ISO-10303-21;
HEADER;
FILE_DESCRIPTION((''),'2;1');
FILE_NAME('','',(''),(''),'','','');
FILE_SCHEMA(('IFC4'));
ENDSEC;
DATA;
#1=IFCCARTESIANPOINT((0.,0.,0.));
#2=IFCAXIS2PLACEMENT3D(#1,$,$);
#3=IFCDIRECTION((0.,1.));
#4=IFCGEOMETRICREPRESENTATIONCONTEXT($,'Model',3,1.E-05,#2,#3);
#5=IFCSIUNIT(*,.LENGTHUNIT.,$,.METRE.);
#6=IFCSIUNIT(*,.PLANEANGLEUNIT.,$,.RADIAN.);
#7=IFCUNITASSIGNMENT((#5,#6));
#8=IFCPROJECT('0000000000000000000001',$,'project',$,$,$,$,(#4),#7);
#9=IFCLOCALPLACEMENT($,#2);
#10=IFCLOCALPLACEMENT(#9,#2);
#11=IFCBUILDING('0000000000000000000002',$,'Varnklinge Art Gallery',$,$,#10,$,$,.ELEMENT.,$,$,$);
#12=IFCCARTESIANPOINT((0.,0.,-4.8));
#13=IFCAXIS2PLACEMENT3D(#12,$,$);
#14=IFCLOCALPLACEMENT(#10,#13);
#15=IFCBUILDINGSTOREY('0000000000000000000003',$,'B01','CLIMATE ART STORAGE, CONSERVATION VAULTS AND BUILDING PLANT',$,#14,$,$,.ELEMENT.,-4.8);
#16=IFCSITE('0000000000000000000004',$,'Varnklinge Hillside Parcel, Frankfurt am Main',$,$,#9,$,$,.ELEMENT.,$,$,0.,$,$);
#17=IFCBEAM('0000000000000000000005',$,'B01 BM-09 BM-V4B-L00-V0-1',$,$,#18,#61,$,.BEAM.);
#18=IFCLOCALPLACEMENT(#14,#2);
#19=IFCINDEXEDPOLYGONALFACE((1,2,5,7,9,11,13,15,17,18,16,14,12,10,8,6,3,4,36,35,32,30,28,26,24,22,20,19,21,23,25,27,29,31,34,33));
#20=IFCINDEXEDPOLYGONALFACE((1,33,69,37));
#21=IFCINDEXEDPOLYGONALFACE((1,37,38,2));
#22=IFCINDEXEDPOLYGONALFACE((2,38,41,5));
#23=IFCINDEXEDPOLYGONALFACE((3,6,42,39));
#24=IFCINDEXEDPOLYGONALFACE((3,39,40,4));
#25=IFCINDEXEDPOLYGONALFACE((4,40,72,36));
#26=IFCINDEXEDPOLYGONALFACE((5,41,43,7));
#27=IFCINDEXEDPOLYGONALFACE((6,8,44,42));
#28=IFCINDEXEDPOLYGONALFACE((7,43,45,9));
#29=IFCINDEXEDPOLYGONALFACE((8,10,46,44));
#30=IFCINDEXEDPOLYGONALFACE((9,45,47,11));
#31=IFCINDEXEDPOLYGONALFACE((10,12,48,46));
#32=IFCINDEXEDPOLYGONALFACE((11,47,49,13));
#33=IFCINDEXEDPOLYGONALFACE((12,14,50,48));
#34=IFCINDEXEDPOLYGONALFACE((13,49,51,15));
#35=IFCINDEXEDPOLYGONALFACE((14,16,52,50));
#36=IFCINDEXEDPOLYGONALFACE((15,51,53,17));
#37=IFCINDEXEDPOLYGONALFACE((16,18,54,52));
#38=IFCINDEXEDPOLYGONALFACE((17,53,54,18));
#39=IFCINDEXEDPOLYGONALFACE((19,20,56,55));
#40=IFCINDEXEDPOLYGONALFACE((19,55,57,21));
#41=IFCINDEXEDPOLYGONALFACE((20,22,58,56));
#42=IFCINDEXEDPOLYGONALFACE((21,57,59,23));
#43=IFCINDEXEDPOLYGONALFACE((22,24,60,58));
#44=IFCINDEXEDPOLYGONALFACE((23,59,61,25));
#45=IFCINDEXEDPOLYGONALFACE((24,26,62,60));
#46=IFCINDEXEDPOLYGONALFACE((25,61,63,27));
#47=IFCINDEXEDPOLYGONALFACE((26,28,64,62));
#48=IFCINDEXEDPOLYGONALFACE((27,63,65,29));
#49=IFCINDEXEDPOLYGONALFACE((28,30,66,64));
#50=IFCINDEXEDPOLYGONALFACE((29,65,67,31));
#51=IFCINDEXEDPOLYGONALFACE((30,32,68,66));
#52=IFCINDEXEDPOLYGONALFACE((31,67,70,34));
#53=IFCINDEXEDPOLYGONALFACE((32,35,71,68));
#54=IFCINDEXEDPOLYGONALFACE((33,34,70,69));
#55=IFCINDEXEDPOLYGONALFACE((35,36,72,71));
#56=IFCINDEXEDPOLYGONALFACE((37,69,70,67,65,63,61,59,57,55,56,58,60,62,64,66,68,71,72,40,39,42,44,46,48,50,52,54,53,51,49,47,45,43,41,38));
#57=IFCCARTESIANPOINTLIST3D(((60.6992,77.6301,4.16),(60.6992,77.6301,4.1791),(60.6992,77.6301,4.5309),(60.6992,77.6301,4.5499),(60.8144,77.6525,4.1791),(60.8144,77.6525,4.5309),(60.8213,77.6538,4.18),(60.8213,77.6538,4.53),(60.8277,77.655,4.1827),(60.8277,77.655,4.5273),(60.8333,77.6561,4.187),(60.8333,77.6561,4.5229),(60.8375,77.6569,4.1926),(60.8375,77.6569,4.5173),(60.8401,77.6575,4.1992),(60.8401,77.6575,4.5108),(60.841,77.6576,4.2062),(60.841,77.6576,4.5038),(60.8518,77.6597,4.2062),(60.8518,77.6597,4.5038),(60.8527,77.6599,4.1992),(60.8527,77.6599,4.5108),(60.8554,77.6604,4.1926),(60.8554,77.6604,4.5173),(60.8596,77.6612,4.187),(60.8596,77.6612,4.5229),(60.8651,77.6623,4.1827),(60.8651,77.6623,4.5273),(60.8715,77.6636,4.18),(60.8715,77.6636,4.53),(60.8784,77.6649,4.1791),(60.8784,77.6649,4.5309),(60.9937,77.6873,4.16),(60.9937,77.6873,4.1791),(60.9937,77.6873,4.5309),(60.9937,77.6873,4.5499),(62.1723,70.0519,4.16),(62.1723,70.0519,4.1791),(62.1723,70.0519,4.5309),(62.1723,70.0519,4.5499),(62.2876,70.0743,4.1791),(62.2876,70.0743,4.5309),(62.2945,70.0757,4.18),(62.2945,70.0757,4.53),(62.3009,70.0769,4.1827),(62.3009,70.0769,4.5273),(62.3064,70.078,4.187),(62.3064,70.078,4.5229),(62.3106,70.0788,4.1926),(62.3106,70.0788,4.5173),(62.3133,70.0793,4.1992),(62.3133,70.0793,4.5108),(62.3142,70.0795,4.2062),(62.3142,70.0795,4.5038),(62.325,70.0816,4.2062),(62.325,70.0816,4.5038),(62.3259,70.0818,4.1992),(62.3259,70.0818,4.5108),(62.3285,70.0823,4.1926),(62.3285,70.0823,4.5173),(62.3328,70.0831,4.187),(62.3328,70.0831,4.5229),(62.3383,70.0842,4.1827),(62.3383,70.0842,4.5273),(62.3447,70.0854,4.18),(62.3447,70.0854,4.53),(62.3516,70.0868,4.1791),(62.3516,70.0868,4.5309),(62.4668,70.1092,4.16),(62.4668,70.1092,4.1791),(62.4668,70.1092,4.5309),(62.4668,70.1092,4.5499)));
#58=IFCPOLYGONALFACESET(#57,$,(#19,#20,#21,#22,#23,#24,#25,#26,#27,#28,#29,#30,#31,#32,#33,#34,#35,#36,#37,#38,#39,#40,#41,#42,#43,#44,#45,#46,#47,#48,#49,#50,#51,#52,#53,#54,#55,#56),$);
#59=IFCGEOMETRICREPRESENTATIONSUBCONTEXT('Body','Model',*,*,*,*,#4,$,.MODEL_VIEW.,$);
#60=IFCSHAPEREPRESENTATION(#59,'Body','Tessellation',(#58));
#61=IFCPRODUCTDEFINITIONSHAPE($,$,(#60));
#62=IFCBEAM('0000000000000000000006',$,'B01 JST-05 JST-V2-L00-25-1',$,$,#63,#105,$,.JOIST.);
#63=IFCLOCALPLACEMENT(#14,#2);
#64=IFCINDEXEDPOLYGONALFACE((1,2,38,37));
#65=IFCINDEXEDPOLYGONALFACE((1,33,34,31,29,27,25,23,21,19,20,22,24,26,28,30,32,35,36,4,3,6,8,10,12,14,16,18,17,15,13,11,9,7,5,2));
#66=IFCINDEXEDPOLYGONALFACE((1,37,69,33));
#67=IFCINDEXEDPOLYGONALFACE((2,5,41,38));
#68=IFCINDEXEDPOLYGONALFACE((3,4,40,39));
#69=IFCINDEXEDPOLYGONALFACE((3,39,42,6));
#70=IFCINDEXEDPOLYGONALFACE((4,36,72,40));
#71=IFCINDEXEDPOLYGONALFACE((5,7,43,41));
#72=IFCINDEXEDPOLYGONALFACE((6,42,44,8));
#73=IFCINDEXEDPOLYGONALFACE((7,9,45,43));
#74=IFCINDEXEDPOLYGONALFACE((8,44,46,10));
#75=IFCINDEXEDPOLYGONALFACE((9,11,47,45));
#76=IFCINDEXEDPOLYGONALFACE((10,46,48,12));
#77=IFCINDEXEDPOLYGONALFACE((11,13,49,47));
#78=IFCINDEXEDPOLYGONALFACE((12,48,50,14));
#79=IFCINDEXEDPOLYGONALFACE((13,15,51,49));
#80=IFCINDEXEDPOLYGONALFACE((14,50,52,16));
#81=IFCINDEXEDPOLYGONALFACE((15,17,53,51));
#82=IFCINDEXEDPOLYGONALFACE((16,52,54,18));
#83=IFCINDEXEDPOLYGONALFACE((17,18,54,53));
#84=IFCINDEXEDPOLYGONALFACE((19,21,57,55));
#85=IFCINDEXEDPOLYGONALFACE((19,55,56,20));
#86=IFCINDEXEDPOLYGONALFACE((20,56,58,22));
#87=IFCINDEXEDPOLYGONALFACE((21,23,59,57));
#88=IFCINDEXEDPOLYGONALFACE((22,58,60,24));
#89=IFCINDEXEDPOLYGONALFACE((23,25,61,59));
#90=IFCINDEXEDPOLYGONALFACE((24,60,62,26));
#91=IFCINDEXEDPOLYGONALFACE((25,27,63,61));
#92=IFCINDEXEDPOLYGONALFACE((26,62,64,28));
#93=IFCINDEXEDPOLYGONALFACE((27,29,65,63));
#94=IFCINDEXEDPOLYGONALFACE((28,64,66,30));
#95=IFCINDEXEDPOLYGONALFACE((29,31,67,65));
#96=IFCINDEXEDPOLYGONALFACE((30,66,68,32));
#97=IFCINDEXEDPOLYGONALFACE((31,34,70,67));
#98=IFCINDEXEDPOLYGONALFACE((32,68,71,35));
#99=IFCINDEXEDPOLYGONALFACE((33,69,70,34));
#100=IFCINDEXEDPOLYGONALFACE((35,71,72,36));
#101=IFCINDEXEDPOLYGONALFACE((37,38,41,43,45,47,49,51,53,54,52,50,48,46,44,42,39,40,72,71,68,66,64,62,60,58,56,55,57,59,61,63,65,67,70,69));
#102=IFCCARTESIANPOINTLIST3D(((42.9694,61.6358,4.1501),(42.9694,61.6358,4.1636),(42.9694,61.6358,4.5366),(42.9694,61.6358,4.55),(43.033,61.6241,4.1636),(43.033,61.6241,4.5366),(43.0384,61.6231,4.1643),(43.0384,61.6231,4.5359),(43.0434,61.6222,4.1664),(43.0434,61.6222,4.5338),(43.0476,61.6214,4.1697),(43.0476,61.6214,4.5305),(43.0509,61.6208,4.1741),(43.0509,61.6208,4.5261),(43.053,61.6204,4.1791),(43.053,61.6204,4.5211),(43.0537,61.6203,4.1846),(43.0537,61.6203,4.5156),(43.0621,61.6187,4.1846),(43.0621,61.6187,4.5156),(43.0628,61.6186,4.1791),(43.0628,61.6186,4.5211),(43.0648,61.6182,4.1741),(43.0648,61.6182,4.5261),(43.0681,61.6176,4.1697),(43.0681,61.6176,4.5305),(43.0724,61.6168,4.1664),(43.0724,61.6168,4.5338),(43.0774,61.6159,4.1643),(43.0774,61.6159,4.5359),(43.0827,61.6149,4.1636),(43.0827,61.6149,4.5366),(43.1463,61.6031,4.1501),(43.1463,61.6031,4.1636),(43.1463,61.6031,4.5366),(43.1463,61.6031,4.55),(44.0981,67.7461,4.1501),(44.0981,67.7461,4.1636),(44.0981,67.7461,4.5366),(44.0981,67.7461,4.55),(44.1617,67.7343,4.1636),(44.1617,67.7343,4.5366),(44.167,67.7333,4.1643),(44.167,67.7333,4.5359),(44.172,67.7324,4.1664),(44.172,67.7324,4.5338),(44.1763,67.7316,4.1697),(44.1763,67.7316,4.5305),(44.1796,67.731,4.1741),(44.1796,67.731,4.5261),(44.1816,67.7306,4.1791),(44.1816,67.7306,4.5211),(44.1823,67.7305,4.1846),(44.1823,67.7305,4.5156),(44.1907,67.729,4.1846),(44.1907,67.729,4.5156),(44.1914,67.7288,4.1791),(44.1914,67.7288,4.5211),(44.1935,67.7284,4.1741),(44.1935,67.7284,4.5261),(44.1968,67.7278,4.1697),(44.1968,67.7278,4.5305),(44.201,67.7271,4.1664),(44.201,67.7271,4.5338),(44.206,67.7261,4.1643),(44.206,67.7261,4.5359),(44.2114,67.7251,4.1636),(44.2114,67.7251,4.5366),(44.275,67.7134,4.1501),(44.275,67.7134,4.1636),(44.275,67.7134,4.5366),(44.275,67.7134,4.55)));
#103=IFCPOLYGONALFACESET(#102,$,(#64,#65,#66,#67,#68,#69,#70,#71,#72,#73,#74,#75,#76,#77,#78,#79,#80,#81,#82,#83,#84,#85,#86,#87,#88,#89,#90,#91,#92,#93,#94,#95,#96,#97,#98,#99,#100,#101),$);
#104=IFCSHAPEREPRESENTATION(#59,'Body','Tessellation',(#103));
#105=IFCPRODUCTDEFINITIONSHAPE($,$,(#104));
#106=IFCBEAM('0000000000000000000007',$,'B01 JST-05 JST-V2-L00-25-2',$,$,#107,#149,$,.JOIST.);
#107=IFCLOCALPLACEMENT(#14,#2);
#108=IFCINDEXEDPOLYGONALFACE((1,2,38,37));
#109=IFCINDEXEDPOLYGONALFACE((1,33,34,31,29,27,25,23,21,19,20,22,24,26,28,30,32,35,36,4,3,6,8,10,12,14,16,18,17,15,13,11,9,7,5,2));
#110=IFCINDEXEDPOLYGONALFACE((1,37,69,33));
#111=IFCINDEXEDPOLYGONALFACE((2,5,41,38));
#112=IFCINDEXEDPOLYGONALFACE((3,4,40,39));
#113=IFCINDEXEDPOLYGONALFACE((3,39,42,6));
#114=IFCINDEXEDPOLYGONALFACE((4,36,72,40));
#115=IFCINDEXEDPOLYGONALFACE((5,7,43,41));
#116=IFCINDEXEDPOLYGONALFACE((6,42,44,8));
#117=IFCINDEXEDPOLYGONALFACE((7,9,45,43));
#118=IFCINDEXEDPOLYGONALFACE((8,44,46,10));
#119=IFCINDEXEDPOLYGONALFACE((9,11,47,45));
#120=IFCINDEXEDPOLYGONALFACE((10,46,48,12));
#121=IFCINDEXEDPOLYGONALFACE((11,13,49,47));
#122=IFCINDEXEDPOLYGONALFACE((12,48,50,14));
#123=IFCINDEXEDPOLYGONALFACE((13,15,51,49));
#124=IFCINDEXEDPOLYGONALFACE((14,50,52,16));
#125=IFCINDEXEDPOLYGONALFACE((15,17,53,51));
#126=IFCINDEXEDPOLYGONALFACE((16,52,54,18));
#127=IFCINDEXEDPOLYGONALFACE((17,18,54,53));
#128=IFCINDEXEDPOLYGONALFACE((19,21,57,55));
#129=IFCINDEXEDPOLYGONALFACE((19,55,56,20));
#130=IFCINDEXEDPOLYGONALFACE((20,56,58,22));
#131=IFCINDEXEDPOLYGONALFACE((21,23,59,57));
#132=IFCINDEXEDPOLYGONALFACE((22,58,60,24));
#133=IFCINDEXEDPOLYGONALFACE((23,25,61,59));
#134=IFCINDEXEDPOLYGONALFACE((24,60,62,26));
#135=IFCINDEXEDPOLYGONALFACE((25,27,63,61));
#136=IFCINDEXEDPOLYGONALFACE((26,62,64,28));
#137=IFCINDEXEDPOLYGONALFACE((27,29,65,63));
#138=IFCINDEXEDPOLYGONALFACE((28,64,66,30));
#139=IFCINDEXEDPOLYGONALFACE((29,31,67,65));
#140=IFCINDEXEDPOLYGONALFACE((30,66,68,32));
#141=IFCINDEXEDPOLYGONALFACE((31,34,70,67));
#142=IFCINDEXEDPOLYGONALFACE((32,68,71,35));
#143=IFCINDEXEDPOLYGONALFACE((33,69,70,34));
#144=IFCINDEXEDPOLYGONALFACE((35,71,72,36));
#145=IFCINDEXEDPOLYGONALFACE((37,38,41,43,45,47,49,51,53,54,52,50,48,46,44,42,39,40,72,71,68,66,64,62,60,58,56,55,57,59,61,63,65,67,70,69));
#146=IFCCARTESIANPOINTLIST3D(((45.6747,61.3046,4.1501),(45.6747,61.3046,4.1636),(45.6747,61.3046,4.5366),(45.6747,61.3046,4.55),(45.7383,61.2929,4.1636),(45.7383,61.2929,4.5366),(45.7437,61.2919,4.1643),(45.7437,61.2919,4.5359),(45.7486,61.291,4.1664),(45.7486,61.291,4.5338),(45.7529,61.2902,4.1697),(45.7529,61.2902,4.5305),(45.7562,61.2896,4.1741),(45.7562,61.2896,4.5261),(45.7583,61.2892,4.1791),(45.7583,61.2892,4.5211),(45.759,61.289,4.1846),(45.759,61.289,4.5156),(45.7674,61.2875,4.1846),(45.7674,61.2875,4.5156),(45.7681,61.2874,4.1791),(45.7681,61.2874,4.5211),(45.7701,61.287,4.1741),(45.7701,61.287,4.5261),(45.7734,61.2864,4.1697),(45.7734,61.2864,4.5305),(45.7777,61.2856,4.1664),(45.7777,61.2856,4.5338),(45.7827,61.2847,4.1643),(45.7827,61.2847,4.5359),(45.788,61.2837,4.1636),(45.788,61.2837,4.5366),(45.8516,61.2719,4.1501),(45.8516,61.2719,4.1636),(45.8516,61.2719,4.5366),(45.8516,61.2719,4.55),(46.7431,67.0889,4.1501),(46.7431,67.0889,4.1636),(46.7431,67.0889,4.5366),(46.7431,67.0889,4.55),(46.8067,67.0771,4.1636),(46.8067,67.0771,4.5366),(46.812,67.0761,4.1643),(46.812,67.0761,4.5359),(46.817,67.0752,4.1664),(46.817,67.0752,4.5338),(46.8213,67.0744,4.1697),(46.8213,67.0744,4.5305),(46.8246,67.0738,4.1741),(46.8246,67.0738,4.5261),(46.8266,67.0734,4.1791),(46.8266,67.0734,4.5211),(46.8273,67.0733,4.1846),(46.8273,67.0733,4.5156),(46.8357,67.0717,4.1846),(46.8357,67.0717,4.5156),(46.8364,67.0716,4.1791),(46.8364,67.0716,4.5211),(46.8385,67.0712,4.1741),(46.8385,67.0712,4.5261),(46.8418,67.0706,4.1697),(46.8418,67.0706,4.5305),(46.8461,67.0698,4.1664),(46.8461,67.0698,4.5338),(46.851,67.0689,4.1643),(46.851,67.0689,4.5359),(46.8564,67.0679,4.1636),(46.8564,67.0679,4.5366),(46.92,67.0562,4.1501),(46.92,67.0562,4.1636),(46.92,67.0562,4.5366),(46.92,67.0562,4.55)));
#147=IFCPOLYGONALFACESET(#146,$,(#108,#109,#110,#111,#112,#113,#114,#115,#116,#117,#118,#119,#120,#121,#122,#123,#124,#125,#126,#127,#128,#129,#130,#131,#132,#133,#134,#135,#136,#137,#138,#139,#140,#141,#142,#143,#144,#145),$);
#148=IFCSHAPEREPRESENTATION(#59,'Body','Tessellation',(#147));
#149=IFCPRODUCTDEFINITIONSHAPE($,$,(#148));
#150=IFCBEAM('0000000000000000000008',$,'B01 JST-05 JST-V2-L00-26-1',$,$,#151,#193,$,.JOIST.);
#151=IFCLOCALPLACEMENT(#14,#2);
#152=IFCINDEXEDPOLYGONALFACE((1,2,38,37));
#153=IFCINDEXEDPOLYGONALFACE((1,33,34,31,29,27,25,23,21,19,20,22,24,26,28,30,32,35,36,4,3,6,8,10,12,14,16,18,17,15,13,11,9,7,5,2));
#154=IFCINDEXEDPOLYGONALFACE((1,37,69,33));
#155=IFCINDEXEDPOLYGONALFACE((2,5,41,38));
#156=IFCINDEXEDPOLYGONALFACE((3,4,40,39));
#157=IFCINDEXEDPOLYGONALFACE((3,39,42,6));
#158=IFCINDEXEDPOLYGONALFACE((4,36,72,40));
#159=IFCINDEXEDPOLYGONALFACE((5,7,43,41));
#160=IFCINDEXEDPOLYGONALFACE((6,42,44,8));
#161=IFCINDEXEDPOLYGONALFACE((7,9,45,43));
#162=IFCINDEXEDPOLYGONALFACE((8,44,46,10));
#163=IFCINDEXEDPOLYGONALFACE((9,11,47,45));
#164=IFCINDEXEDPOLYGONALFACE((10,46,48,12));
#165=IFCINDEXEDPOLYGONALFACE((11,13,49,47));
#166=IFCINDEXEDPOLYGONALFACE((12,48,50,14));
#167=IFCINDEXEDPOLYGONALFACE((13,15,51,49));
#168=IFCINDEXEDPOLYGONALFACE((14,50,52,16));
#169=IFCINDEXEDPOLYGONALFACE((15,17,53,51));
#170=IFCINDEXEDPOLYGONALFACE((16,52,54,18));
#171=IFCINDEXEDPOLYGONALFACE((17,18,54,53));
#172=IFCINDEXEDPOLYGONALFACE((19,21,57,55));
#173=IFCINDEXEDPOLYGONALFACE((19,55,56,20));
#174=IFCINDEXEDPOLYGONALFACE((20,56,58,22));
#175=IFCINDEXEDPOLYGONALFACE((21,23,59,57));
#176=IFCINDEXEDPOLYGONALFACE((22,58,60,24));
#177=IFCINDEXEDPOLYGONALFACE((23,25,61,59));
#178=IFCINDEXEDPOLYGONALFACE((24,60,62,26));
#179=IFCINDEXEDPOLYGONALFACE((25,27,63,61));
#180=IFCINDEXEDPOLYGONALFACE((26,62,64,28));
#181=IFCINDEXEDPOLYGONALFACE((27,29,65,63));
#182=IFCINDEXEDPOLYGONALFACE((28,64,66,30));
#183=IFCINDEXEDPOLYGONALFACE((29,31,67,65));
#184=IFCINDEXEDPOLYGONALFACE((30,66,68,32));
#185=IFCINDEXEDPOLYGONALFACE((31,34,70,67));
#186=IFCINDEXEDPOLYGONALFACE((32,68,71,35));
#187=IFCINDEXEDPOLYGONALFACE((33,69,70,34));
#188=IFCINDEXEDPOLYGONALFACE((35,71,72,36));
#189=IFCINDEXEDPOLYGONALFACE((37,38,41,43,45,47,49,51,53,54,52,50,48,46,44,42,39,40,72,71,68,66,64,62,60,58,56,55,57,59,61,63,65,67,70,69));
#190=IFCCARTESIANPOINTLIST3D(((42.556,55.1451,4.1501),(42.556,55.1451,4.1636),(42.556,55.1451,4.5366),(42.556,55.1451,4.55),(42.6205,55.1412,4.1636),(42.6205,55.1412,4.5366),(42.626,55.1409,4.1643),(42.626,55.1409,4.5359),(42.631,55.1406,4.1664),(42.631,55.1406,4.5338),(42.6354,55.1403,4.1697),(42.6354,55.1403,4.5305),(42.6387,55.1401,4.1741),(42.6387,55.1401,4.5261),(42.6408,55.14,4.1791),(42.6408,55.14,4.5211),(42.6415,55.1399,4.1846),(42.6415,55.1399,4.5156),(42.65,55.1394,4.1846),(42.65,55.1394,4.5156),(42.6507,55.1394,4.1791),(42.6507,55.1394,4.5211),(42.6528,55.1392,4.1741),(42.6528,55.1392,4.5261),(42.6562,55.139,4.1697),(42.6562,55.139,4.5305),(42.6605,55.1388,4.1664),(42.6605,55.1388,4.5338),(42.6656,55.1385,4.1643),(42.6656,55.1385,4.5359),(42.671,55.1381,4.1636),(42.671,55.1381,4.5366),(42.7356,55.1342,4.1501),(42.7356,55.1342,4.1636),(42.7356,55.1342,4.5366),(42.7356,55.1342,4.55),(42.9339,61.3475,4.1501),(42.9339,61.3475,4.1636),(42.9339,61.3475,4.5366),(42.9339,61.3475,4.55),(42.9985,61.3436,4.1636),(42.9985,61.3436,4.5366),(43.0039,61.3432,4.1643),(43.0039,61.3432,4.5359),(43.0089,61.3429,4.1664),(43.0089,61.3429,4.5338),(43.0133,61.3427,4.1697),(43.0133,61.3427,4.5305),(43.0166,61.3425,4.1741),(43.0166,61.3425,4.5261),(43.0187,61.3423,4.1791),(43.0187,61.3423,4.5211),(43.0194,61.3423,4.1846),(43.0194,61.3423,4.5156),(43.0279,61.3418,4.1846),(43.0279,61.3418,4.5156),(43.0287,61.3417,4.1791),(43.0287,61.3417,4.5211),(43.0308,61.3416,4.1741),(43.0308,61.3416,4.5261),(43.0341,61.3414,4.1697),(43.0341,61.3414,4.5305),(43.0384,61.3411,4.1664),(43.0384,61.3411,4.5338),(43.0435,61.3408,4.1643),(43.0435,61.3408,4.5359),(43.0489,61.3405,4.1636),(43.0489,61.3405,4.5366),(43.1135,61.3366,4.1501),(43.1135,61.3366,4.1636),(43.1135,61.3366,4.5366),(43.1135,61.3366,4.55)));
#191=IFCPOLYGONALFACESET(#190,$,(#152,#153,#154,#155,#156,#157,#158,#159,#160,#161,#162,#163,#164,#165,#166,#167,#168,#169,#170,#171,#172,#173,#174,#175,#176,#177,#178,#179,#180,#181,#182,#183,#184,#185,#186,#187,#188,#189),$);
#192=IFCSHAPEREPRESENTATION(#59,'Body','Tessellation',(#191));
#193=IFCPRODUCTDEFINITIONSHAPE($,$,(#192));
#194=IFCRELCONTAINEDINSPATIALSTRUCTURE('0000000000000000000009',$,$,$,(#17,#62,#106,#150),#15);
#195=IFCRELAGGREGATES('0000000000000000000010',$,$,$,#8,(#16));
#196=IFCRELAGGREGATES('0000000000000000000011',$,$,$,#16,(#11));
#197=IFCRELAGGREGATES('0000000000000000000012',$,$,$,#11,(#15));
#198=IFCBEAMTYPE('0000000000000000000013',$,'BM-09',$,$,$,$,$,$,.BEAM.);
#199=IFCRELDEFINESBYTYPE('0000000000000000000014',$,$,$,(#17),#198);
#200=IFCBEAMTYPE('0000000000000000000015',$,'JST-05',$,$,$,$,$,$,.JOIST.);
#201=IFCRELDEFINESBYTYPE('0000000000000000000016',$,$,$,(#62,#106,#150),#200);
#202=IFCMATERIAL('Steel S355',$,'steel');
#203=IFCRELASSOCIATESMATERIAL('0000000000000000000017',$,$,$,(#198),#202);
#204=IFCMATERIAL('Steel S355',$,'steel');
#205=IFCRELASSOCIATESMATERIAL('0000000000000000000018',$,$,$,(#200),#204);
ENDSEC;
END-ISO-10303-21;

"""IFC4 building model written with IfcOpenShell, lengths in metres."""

from ifc_helpers import new_model, si_unit, direction, frame, origin, origin_2d, place, context, subcontext, project, spatial, i_section, extrude, material, material_profile, profile_set, type_object, element, save


model = new_model("IFC4")

# Units and contexts
model_context = context("Model", 3, precision=1e-05, world=origin(), true_north=direction((0.0, 1.0)))
body_context = subcontext(model_context, "Body", "Model", "MODEL_VIEW")
ifc_project = project(units=[si_unit("LENGTHUNIT", "METRE"), si_unit("PLANEANGLEUNIT", "RADIAN")], contexts=[model_context])

# Site, building, storey
site_placement = place(None, origin())
site = spatial("IfcSite", under=ifc_project, at=site_placement, Name="Varnklinge Hillside Parcel, Frankfurt am Main", CompositionType="ELEMENT", RefElevation=0.0)
building_placement = place(site_placement, origin())
building = spatial("IfcBuilding", under=site, at=building_placement, Name="Varnklinge Art Gallery", CompositionType="ELEMENT")
storey_placement = place(building_placement, frame((0.0, 0.0, -4.8)))
storey = spatial("IfcBuildingStorey", under=building, at=storey_placement, Name="B01", Description="CLIMATE ART STORAGE, CONSERVATION VAULTS AND BUILDING PLANT", CompositionType="ELEMENT", Elevation=-4.8)

# Beams
ifc_material_1 = material(Name="Steel S355", Category="steel")
ifc_material_profile_1 = material_profile(ifc_material_1, i_section(OverallWidth=0.3, OverallDepth=0.3899, WebThickness=0.011, FlangeThickness=0.019, FilletRadius=0.0271, at=origin_2d()), Name="HEA 400")
ifc_profile_set_1 = profile_set([ifc_material_profile_1], Name="Steel S355")
beam_type_1 = type_object("IfcBeamType", Name="BM-09", PredefinedType="BEAM", material=ifc_profile_set_1)
beam_1_placement = place(storey_placement, frame((62.3196, 70.0806, 4.355), z_axis=(-0.190822, 0.981625, 0.0), x_axis=(-0.981625, -0.190822, 0.0)))
element("IfcBeam", 1, at=beam_1_placement, inside=storey, type_object=beam_type_1, Name="B01 BM-09 BM-V4B-L00-V0-1", PredefinedType="BEAM", context=body_context, shape_type="SweptSolid", body=[
    extrude(i_section(OverallWidth=0.3, OverallDepth=0.3899, WebThickness=0.011, FlangeThickness=0.019, FilletRadius=0.0271, at=origin_2d()), origin(), (0.0, 0.0, 1.0), 7.72),
])
ifc_material_2 = material(Name="Steel S355", Category="steel")
ifc_material_profile_2 = material_profile(ifc_material_2, i_section(OverallWidth=0.1799, OverallDepth=0.3999, WebThickness=0.0085, FlangeThickness=0.0134, FilletRadius=0.021, at=origin_2d()), Name="IPE 400")
ifc_profile_set_2 = profile_set([ifc_material_profile_2], Name="Steel S355")
beam_type_2 = type_object("IfcBeamType", Name="JST-05", PredefinedType="JOIST", material=ifc_profile_set_2)
beam_2_placement = place(storey_placement, frame((44.1865, 67.7297, 4.3501), z_axis=(-0.18164, -0.983365, 0.0), x_axis=(0.983365, -0.18164, 0.0)))
element("IfcBeam", 2, at=beam_2_placement, inside=storey, type_object=beam_type_2, Name="B01 JST-05 JST-V2-L00-25-1", PredefinedType="JOIST", context=body_context, shape_type="SweptSolid", body=[
    extrude(i_section(OverallWidth=0.1799, OverallDepth=0.3999, WebThickness=0.0085, FlangeThickness=0.0134, FilletRadius=0.021, at=origin_2d()), origin(), (0.0, 0.0, 1.0), 6.2136),
])
beam_3_placement = place(storey_placement, frame((46.8315, 67.0725, 4.3501), z_axis=(-0.181631, -0.983367, 0.0), x_axis=(0.983367, -0.181631, 0.0)))
element("IfcBeam", 3, at=beam_3_placement, inside=storey, type_object=beam_type_2, Name="B01 JST-05 JST-V2-L00-25-2", PredefinedType="JOIST", context=body_context, shape_type="SweptSolid", body=[
    extrude(i_section(OverallWidth=0.1799, OverallDepth=0.3999, WebThickness=0.0085, FlangeThickness=0.0134, FilletRadius=0.021, at=origin_2d()), origin(), (0.0, 0.0, 1.0), 5.8821),
])
beam_4_placement = place(storey_placement, frame((43.0237, 61.342, 4.3501), z_axis=(-0.06082, -0.998149, 0.0), x_axis=(0.998149, -0.06082, 0.0)))
element("IfcBeam", 4, at=beam_4_placement, inside=storey, type_object=beam_type_2, Name="B01 JST-05 JST-V2-L00-26-1", PredefinedType="JOIST", context=body_context, shape_type="SweptSolid", body=[
    extrude(i_section(OverallWidth=0.1799, OverallDepth=0.3999, WebThickness=0.0085, FlangeThickness=0.0134, FilletRadius=0.021, at=origin_2d()), origin(), (0.0, 0.0, 1.0), 6.2139),
])

save(model, "model.ifc")
